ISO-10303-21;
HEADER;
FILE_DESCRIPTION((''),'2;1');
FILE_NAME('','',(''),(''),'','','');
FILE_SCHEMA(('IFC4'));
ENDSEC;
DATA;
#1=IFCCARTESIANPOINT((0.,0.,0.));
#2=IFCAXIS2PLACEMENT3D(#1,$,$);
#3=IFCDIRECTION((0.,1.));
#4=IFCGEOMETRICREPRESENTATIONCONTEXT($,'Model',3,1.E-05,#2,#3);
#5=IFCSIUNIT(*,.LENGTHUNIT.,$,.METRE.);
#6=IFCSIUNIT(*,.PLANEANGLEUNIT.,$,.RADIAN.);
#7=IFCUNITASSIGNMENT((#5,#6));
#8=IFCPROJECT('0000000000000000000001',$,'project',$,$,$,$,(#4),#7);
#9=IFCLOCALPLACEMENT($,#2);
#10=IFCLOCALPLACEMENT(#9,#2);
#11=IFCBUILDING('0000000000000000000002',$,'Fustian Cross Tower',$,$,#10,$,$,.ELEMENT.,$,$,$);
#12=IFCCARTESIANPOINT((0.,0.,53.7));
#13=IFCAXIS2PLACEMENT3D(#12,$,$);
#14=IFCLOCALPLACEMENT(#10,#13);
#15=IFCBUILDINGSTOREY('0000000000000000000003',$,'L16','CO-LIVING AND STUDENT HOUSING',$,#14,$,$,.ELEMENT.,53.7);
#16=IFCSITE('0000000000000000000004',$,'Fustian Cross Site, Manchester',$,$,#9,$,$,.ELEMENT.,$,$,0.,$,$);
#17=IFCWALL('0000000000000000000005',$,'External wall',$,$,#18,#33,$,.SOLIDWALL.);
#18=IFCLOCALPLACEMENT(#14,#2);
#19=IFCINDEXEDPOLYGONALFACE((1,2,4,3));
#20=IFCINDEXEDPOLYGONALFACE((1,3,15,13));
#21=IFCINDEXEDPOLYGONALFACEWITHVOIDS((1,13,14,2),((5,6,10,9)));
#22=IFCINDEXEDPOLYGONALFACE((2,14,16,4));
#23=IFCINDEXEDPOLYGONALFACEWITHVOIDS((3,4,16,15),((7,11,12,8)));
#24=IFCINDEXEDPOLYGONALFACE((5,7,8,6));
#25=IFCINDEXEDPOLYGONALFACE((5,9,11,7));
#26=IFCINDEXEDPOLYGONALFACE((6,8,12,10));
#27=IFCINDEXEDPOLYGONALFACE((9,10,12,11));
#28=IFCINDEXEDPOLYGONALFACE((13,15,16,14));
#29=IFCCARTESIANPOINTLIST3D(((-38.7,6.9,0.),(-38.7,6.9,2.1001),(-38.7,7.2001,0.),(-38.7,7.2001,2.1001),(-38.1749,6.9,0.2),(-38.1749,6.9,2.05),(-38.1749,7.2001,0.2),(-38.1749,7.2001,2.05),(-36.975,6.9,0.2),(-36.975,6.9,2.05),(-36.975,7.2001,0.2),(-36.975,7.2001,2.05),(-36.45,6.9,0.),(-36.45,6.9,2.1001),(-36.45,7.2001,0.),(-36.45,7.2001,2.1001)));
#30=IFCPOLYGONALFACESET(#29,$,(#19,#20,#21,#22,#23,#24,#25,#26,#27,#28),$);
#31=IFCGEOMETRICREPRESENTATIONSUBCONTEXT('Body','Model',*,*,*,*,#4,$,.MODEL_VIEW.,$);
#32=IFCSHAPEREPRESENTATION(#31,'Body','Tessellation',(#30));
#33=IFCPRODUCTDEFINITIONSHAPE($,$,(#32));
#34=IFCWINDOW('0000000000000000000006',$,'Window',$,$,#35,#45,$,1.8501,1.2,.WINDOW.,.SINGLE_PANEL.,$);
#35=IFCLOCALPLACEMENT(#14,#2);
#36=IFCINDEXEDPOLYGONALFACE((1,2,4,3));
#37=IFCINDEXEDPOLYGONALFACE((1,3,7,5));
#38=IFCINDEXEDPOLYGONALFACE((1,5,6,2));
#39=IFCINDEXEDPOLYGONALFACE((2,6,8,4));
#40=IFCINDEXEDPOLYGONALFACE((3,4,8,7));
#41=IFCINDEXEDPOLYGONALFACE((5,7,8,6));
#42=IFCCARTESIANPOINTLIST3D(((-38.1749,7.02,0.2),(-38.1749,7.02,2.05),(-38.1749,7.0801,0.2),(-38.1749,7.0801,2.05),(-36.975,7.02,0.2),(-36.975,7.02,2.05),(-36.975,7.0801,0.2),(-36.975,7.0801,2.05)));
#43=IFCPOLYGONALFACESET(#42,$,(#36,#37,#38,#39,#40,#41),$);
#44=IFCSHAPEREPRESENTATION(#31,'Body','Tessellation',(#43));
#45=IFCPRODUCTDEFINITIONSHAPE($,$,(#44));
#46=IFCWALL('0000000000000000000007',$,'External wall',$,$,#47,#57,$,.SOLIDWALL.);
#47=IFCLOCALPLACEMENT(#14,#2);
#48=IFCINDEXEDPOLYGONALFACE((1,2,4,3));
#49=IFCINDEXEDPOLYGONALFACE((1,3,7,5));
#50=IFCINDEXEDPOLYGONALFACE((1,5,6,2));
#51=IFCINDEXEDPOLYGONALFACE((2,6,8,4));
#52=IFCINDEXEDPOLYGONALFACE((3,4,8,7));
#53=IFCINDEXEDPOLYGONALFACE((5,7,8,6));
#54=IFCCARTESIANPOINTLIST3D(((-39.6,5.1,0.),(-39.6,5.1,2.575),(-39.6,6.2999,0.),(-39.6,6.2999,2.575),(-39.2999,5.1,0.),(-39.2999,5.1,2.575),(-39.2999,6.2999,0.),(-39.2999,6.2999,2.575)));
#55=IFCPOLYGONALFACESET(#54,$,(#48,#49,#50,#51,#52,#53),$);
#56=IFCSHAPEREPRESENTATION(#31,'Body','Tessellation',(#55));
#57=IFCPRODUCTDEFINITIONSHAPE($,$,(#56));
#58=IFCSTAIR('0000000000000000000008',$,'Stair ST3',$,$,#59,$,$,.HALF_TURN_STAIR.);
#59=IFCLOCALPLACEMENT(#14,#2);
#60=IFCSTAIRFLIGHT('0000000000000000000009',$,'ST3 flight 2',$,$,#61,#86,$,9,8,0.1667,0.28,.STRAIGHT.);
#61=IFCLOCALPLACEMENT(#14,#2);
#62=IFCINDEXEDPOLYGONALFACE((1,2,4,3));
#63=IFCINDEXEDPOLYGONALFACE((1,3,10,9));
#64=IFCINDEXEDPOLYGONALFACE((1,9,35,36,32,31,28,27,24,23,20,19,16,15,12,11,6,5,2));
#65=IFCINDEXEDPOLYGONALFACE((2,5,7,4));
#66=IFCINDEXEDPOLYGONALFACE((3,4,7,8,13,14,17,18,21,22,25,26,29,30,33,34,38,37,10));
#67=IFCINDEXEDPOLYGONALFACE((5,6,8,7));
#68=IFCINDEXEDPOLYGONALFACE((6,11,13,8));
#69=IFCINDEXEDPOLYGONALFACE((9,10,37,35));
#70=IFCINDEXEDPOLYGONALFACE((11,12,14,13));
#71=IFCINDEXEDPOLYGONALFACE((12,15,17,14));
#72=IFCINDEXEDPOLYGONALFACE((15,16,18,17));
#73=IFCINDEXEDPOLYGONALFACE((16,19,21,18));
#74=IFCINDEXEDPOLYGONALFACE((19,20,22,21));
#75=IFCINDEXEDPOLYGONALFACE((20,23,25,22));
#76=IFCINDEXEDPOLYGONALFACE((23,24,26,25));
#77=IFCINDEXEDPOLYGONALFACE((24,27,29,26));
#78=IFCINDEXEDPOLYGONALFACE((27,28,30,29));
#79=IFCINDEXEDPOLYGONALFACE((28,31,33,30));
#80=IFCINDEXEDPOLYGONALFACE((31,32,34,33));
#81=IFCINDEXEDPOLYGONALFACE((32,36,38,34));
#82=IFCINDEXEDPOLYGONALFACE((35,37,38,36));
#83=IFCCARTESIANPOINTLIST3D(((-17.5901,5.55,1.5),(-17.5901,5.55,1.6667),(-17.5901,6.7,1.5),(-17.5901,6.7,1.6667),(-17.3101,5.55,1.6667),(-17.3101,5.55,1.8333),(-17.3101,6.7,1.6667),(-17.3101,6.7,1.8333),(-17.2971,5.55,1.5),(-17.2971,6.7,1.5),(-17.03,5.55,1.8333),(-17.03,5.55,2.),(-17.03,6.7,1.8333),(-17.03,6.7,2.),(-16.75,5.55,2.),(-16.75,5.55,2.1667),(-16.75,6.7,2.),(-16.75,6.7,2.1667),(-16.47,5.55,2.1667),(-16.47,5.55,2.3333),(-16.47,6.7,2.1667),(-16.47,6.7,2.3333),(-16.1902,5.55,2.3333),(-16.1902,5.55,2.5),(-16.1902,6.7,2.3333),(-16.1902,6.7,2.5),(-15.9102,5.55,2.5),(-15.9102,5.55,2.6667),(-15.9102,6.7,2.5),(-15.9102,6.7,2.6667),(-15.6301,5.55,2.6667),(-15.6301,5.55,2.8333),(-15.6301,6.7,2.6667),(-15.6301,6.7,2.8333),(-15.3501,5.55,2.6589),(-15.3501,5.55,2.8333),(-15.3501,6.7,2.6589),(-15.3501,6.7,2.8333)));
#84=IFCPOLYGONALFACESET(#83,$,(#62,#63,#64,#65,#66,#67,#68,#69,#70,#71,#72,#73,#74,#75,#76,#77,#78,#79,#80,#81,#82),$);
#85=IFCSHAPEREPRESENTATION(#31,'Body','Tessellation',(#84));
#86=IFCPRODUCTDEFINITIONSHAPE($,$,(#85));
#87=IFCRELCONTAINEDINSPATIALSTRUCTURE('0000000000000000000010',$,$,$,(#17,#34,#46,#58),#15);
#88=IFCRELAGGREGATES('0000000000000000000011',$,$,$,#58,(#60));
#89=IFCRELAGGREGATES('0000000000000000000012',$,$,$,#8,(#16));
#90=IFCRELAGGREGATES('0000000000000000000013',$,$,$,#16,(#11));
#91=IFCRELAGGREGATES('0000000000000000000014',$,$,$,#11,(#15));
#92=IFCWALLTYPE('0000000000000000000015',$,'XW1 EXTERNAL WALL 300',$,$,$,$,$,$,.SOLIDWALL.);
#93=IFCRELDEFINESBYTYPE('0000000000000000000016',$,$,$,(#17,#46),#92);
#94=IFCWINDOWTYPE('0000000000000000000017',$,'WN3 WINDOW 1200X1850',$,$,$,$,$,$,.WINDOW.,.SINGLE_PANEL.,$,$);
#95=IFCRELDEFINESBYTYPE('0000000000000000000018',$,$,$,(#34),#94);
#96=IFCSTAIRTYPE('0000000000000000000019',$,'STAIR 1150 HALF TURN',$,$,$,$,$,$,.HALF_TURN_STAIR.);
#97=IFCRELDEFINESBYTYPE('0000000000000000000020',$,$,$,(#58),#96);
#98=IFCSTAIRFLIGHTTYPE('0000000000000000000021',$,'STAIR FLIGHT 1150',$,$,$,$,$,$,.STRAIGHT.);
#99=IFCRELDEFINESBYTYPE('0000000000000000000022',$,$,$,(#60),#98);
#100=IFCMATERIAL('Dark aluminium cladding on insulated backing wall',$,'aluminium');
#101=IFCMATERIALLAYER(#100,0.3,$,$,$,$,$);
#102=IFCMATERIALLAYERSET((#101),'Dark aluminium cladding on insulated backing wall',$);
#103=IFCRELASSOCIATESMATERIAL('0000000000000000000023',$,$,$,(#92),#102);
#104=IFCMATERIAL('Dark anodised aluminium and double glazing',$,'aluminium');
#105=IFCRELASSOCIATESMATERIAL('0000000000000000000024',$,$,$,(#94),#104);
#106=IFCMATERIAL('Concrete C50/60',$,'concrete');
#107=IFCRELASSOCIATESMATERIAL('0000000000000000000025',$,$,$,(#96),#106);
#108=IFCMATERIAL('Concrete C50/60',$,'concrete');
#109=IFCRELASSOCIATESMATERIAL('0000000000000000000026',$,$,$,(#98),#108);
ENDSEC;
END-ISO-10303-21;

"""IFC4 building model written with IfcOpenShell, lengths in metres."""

from ifc_helpers import new_model, si_unit, direction, frame, frame_2d, origin, place, context, subcontext, project, spatial, polyline, rectangle, outline, extrude, material, layer, layer_set, type_object, element, fill, aggregate, save


model = new_model("IFC4")

# Units and contexts
model_context = context("Model", 3, precision=1e-05, world=origin(), true_north=direction((0.0, 1.0)))
body_context = subcontext(model_context, "Body", "Model", "MODEL_VIEW")
ifc_project = project(units=[si_unit("LENGTHUNIT", "METRE"), si_unit("PLANEANGLEUNIT", "RADIAN")], contexts=[model_context])

# Site, building, storey
site_placement = place(None, origin())
site = spatial("IfcSite", under=ifc_project, at=site_placement, Name="Fustian Cross Site, Manchester", CompositionType="ELEMENT", RefElevation=0.0)
building_placement = place(site_placement, origin())
building = spatial("IfcBuilding", under=site, at=building_placement, Name="Fustian Cross Tower", CompositionType="ELEMENT")
storey_placement = place(building_placement, frame((0.0, 0.0, 53.7)))
storey = spatial("IfcBuildingStorey", under=building, at=storey_placement, Name="L16", Description="CO-LIVING AND STUDENT HOUSING", CompositionType="ELEMENT", Elevation=53.7)

# Shared definitions
ifc_material_1 = material(Name="Dark aluminium cladding on insulated backing wall", Category="aluminium")
ifc_layer_1 = layer(ifc_material_1, 0.3)
ifc_layer_set_1 = layer_set([ifc_layer_1], Name="Dark aluminium cladding on insulated backing wall")
wall_type_1 = type_object("IfcWallType", Name="XW1 EXTERNAL WALL 300", PredefinedType="SOLIDWALL", material=ifc_layer_set_1)
ifc_material_2 = material(Name="Dark anodised aluminium and double glazing", Category="aluminium")
window_type = type_object("IfcWindowType", Name="WN3 WINDOW 1200X1850", PartitioningType="SINGLE_PANEL", PredefinedType="WINDOW", material=ifc_material_2)

# Wall, opening, window
wall_1_placement = place(storey_placement, frame((-36.45, 7.05, 0.0), z_axis=(0.0, 0.0, 1.0), x_axis=(-1.0, 0.0, 0.0)))
wall_1 = element("IfcWall", 1, at=wall_1_placement, inside=storey, type_object=wall_type_1, Name="External wall", PredefinedType="SOLIDWALL", context=body_context, shape_type="SweptSolid", body=[
    extrude(rectangle(XDim=2.25, YDim=0.3, at=frame_2d((1.125, 0.0))), origin(), (0.0, 0.0, 1.0), 2.1001),
])
opening_1_placement = place(wall_1_placement, frame((0.5249, 0.0, 0.2)))
opening_1 = element("IfcOpeningElement", 2, at=opening_1_placement, cuts=wall_1, PredefinedType="OPENING", context=body_context, shape_type="SweptSolid", body=[
    extrude(rectangle(XDim=1.2, YDim=1.8501, at=frame_2d((0.6001, 0.925))), frame((0.0, 0.1599, 0.0), z_axis=(0.0, -1.0, 0.0), x_axis=(1.0, 0.0, 0.0)), (0.0, 0.0, 1.0), 0.3201),
])
window_1_placement = place(opening_1_placement, origin())
window_1 = element("IfcWindow", 3, at=window_1_placement, inside=storey, type_object=window_type, Name="Window", OverallHeight=1.8501, OverallWidth=1.2, PartitioningType="SINGLE_PANEL", PredefinedType="WINDOW", context=body_context, shape_type="SweptSolid", body=[
    extrude(rectangle(XDim=1.2, YDim=1.8501, at=frame_2d((0.6001, 0.925))), frame((0.0, 0.03, 0.0), z_axis=(0.0, -1.0, 0.0), x_axis=(1.0, 0.0, 0.0)), (0.0, 0.0, 1.0), 0.0601),
])
fill(opening_1, window_1)

# Wall
wall_2_placement = place(storey_placement, frame((-39.45, 6.3, 0.0), z_axis=(0.0, 0.0, 1.0), x_axis=(0.0, -1.0, 0.0)))
element("IfcWall", 4, at=wall_2_placement, inside=storey, type_object=wall_type_1, Name="External wall", PredefinedType="SOLIDWALL", context=body_context, shape_type="SweptSolid", body=[
    extrude(rectangle(XDim=1.2, YDim=0.3, at=frame_2d((0.6001, 0.0))), origin(), (0.0, 0.0, 1.0), 2.575),
])

# Stair, stair flight
ifc_material_3 = material(Name="Concrete C50/60", Category="concrete")
stair_type = type_object("IfcStairType", Name="STAIR 1150 HALF TURN", PredefinedType="HALF_TURN_STAIR", material=ifc_material_3)
stair_placement = place(storey_placement, origin())
stair = element("IfcStair", 5, at=stair_placement, inside=storey, type_object=stair_type, Name="Stair ST3", PredefinedType="HALF_TURN_STAIR")
ifc_material_4 = material(Name="Concrete C50/60", Category="concrete")
stair_flight_type = type_object("IfcStairFlightType", Name="STAIR FLIGHT 1150", PredefinedType="STRAIGHT", material=ifc_material_4)
stair_flight_placement = place(storey_placement, frame((-17.5901, 6.125, 1.5), z_axis=(0.0, 0.0, 1.0), x_axis=(1.0, 0.0, 0.0)))
stair_flight = element("IfcStairFlight", 6, at=stair_flight_placement, type_object=stair_flight_type, Name="ST3 flight 2", NumberOfRisers=9, NumberOfTreads=8, PredefinedType="STRAIGHT", RiserHeight=0.1667, TreadLength=0.28, context=body_context, shape_type="SweptSolid", body=[
    extrude(outline(polyline([(0.0, 0.0), (0.0, 0.1667), (0.28, 0.1667), (0.28, 0.3333), (0.5601, 0.3333), (0.5601, 0.5), (0.8401, 0.5), (0.8401, 0.6667), (1.1201, 0.6667), (1.1201, 0.8333), (1.3999, 0.8333), (1.3999, 1.0), (1.6799, 1.0), (1.6799, 1.1667), (1.96, 1.1667), (1.96, 1.3333), (2.24, 1.3333), (2.24, 1.5), (2.24, 1.1589), (0.293, 0.0), (0.0, 0.0)])), frame((0.0, 0.575, 0.0), z_axis=(0.0, -1.0, 0.0), x_axis=(1.0, 0.0, 0.0)), (0.0, 0.0, 1.0), 1.1499),
])
aggregate(stair, [stair_flight])

save(model, "model.ifc")
